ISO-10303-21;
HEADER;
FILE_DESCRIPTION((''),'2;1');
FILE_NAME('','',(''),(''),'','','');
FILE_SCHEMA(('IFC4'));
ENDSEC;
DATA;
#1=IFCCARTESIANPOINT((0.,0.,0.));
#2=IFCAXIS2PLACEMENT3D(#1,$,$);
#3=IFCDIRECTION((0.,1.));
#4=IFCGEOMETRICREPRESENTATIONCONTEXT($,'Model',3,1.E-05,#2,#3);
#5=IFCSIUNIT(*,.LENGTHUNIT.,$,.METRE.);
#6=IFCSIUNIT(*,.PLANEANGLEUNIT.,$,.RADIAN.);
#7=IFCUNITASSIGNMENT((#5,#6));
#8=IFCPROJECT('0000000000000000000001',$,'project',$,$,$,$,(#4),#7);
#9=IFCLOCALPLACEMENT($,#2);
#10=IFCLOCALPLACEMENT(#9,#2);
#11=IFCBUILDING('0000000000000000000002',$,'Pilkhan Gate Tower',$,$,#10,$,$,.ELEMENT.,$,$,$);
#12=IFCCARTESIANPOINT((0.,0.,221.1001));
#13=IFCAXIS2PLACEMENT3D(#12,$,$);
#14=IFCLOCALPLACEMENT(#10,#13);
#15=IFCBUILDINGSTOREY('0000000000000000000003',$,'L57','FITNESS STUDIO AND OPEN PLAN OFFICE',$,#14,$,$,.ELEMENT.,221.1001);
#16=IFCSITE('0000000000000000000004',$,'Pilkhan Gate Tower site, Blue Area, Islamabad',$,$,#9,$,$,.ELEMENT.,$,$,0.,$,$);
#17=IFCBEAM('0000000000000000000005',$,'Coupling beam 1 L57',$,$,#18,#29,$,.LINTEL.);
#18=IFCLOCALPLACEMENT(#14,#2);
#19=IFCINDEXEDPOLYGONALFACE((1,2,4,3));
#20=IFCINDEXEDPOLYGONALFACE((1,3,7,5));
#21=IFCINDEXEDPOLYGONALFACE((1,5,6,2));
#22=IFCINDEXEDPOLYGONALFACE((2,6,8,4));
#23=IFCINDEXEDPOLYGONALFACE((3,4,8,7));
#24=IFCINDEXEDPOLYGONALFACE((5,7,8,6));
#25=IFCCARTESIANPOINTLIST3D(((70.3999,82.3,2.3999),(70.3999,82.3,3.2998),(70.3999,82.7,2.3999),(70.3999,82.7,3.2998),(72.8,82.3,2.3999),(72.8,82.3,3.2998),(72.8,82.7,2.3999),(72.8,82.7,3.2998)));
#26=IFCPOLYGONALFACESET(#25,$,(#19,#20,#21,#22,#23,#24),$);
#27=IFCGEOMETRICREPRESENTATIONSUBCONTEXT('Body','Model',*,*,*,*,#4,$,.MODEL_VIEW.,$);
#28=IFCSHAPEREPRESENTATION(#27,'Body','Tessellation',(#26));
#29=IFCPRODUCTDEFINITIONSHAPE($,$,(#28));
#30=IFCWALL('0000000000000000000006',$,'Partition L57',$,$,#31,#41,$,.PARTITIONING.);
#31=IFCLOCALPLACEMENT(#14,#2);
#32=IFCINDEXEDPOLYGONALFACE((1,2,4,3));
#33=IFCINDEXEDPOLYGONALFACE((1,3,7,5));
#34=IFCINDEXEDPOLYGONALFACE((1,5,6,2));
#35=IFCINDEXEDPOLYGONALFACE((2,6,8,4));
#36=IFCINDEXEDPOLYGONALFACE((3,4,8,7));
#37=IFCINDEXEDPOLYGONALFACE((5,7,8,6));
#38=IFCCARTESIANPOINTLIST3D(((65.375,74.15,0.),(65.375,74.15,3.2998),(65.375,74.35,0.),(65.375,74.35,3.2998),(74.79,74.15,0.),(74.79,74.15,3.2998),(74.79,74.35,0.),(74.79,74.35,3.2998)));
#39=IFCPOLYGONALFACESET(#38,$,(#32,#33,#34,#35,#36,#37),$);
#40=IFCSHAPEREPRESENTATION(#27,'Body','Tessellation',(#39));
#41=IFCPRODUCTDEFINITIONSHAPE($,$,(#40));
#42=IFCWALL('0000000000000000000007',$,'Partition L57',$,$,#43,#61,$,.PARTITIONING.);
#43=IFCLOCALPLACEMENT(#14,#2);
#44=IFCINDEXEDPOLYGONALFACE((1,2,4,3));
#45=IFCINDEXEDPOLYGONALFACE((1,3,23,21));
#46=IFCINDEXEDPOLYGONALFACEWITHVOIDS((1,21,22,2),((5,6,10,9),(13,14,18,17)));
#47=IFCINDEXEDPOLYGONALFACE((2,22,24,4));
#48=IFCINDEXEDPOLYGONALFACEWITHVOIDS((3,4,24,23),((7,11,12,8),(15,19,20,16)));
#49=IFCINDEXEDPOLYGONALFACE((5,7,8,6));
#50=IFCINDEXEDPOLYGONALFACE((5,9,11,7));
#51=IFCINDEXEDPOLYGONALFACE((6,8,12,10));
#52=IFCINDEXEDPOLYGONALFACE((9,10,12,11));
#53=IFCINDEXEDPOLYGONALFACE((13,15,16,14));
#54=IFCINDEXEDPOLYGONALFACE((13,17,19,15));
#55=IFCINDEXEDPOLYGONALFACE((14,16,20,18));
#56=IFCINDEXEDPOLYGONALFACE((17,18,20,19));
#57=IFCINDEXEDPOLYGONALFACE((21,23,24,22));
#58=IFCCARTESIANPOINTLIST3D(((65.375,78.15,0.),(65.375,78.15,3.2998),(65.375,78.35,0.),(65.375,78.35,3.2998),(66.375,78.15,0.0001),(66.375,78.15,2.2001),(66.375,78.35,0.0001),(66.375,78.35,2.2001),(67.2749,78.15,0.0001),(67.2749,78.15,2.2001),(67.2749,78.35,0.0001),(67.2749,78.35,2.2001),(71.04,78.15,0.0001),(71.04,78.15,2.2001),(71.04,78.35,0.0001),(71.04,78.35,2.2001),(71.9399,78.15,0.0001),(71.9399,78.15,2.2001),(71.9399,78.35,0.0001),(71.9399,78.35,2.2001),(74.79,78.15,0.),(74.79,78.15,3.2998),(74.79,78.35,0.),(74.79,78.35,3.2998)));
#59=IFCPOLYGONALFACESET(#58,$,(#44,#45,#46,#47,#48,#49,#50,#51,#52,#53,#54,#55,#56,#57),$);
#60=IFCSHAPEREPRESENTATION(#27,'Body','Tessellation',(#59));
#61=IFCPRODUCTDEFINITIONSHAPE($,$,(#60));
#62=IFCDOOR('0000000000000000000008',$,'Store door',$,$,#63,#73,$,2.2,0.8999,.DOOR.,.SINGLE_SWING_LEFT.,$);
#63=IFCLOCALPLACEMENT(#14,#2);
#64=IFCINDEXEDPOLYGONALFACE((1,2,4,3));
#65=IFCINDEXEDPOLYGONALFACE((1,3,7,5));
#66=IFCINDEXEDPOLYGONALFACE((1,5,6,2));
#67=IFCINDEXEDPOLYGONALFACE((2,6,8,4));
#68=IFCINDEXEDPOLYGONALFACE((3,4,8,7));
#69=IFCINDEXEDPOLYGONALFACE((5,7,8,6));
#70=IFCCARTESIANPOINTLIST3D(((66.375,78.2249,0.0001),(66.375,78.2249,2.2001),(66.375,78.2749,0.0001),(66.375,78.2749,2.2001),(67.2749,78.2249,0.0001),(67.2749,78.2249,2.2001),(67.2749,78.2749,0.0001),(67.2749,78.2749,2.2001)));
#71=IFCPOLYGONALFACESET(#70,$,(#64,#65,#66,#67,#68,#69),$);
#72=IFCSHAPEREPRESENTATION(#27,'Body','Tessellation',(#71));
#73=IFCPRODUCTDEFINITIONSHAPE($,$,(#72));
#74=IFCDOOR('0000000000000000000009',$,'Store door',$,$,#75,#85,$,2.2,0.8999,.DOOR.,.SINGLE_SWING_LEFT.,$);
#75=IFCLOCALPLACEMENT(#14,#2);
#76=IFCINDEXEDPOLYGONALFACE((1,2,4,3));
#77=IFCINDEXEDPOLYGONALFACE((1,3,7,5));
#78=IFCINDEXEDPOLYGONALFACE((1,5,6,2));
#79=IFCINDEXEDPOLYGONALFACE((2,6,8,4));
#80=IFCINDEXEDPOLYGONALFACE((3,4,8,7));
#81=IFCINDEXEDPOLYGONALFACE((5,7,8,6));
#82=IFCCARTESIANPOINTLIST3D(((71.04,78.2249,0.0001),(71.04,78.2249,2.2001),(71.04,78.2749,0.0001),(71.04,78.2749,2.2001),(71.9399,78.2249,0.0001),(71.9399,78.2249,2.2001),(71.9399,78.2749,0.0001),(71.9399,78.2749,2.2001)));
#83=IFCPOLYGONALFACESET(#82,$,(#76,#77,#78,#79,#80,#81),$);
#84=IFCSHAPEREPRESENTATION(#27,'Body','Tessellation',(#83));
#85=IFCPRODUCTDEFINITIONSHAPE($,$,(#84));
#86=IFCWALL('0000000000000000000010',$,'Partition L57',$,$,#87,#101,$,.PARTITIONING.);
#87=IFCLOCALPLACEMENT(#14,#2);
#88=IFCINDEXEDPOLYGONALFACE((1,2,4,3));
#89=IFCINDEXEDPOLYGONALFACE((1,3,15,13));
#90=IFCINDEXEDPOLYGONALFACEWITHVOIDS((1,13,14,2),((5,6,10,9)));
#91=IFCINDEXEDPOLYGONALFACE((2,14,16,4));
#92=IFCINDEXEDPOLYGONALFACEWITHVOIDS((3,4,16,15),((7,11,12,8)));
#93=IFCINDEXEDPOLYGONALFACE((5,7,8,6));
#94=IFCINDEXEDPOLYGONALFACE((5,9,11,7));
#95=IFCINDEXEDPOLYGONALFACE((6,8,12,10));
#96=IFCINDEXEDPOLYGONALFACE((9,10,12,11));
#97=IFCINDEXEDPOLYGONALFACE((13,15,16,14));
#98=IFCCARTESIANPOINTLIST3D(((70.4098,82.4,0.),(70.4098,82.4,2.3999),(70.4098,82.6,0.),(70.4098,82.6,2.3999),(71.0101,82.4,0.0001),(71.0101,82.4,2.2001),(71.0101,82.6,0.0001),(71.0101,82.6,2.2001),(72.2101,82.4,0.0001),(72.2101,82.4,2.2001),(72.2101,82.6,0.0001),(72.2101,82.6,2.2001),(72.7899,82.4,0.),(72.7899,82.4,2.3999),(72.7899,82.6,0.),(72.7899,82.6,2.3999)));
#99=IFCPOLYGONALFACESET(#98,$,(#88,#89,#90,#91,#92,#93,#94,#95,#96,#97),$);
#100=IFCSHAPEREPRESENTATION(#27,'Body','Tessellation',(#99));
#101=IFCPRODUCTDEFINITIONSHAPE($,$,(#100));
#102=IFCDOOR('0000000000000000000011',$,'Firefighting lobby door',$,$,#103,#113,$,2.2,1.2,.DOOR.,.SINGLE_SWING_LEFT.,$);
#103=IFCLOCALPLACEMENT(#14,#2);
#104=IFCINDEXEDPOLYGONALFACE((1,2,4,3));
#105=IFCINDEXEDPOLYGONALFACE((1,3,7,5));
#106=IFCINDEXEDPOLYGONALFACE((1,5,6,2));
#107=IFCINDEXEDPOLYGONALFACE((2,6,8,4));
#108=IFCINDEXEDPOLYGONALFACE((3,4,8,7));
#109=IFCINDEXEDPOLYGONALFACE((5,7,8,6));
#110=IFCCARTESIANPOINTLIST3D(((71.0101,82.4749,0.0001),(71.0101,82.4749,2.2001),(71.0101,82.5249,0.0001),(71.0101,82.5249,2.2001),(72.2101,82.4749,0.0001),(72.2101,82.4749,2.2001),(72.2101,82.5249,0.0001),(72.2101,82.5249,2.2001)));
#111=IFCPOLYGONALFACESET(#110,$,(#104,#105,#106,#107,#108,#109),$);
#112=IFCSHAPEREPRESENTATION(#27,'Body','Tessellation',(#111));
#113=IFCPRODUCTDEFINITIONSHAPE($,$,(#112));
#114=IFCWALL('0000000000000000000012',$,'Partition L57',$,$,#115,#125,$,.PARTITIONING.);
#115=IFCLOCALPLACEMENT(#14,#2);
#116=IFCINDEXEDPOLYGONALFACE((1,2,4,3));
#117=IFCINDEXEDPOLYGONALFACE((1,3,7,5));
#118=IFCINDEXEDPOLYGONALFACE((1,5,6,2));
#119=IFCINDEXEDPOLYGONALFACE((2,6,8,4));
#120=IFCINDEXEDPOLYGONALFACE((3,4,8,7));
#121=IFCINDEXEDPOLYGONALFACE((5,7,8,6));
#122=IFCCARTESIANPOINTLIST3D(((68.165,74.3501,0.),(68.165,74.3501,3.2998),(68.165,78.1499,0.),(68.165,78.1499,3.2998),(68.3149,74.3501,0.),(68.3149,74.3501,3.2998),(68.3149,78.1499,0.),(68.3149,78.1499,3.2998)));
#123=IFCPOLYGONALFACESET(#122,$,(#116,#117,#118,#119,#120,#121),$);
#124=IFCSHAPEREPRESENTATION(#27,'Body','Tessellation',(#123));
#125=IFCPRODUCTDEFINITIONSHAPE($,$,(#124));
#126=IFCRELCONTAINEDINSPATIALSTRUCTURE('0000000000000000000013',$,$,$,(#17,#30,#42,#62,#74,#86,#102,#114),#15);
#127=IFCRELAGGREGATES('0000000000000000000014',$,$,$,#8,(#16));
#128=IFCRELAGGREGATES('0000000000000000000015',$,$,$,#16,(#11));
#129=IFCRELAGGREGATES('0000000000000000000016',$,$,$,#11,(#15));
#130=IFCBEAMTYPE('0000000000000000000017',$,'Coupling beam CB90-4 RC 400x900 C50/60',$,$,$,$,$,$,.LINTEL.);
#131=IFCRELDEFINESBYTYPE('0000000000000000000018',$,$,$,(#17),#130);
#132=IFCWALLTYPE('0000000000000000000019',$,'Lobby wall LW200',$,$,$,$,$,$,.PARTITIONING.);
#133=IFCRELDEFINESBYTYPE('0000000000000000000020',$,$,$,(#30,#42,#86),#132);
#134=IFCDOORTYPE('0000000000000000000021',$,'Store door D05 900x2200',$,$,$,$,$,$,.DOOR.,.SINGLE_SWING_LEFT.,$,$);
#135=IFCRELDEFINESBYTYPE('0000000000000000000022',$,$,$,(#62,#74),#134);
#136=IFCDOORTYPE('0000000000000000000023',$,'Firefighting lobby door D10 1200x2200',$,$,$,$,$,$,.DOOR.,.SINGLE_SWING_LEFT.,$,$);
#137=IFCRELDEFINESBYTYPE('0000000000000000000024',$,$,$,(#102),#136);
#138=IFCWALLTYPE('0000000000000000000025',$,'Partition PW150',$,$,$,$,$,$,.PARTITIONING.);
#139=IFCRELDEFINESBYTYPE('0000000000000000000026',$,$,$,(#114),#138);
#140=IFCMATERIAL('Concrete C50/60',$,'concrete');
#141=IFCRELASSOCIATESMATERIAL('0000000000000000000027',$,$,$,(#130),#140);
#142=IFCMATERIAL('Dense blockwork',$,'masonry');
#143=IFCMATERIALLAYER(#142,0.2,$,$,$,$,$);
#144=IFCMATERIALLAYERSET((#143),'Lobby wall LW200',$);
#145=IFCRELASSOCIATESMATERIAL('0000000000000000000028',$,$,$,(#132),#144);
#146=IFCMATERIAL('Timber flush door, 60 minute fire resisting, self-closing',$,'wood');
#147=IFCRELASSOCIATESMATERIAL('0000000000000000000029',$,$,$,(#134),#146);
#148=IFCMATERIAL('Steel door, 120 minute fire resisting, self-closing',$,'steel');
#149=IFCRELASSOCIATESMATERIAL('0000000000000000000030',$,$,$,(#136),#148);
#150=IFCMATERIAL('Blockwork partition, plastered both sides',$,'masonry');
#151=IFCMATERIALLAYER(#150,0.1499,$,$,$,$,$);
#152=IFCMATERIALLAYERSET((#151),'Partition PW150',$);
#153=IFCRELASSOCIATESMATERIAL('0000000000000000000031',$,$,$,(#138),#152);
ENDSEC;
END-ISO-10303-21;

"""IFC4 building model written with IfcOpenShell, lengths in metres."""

from ifc_helpers import new_model, si_unit, direction, frame, frame_2d, origin, origin_2d, place, context, subcontext, project, spatial, rectangle, extrude, material, layer, layer_set, material_profile, profile_set, type_object, element, fill, save


model = new_model("IFC4")

# Units and contexts
model_context = context("Model", 3, precision=1e-05, world=origin(), true_north=direction((0.0, 1.0)))
body_context = subcontext(model_context, "Body", "Model", "MODEL_VIEW")
ifc_project = project(units=[si_unit("LENGTHUNIT", "METRE"), si_unit("PLANEANGLEUNIT", "RADIAN")], contexts=[model_context])

# Site, building, storey
site_placement = place(None, origin())
site = spatial("IfcSite", under=ifc_project, at=site_placement, Name="Pilkhan Gate Tower site, Blue Area, Islamabad", CompositionType="ELEMENT", RefElevation=0.0)
building_placement = place(site_placement, origin())
building = spatial("IfcBuilding", under=site, at=building_placement, Name="Pilkhan Gate Tower", CompositionType="ELEMENT")
storey_placement = place(building_placement, frame((0.0, 0.0, 221.1001)))
storey = spatial("IfcBuildingStorey", under=building, at=storey_placement, Name="L57", Description="FITNESS STUDIO AND OPEN PLAN OFFICE", CompositionType="ELEMENT", Elevation=221.1001)

# Beam
ifc_material_1 = material(Name="Concrete C50/60", Category="concrete")
ifc_material_profile = material_profile(ifc_material_1, rectangle(XDim=0.3999, YDim=0.8999, at=origin_2d()), Name="RC 400x900")
ifc_profile_set = profile_set([ifc_material_profile], Name="Concrete C50/60")
beam_type = type_object("IfcBeamType", Name="Coupling beam CB90-4 RC 400x900 C50/60", PredefinedType="LINTEL", material=ifc_profile_set)
beam_placement = place(storey_placement, frame((70.3999, 82.5, 2.8499), z_axis=(1.0, 0.0, 0.0), x_axis=(0.0, 1.0, 0.0)))
element("IfcBeam", 1, at=beam_placement, inside=storey, type_object=beam_type, Name="Coupling beam 1 L57", PredefinedType="LINTEL", context=body_context, shape_type="SweptSolid", body=[
    extrude(rectangle(XDim=0.3999, YDim=0.8999, at=origin_2d()), origin(), (0.0, 0.0, 1.0), 2.4001),
])

# Wall
ifc_material_2 = material(Name="Dense blockwork", Category="masonry")
ifc_layer_1 = layer(ifc_material_2, 0.2)
ifc_layer_set_1 = layer_set([ifc_layer_1], Name="Lobby wall LW200")
wall_type_1 = type_object("IfcWallType", Name="Lobby wall LW200", PredefinedType="PARTITIONING", material=ifc_layer_set_1)
wall_1_placement = place(storey_placement, frame((65.375, 74.25, 0.0), z_axis=(0.0, 0.0, 1.0), x_axis=(1.0, 0.0, 0.0)))
element("IfcWall", 2, at=wall_1_placement, inside=storey, type_object=wall_type_1, Name="Partition L57", PredefinedType="PARTITIONING", context=body_context, shape_type="SweptSolid", body=[
    extrude(rectangle(XDim=9.415, YDim=0.2, at=frame_2d((4.7075, 0.0))), origin(), (0.0, 0.0, 1.0), 3.2998),
])

# Wall, openings, doors
wall_2_placement = place(storey_placement, frame((65.375, 78.25, 0.0), z_axis=(0.0, 0.0, 1.0), x_axis=(1.0, 0.0, 0.0)))
wall_2 = element("IfcWall", 3, at=wall_2_placement, inside=storey, type_object=wall_type_1, Name="Partition L57", PredefinedType="PARTITIONING", context=body_context, shape_type="SweptSolid", body=[
    extrude(rectangle(XDim=9.415, YDim=0.2, at=frame_2d((4.7075, 0.0))), origin(), (0.0, 0.0, 1.0), 3.2998),
])
opening_1_placement = place(wall_2_placement, frame((1.0, 0.0, 0.0)))
opening_1 = element("IfcOpeningElement", 4, at=opening_1_placement, cuts=wall_2, PredefinedType="OPENING", context=body_context, shape_type="SweptSolid", body=[
    extrude(rectangle(XDim=0.8999, YDim=2.2, at=frame_2d((0.45, 1.1001))), frame((0.0, 0.1099, 0.0), z_axis=(0.0, -1.0, 0.0), x_axis=(1.0, 0.0, 0.0)), (0.0, 0.0, 1.0), 0.22),
])
opening_2_placement = place(wall_2_placement, frame((5.665, 0.0, 0.0)))
opening_2 = element("IfcOpeningElement", 5, at=opening_2_placement, cuts=wall_2, PredefinedType="OPENING", context=body_context, shape_type="SweptSolid", body=[
    extrude(rectangle(XDim=0.8999, YDim=2.2, at=frame_2d((0.45, 1.1001))), frame((0.0, 0.1099, 0.0), z_axis=(0.0, -1.0, 0.0), x_axis=(1.0, 0.0, 0.0)), (0.0, 0.0, 1.0), 0.22),
])
ifc_material_3 = material(Name="Timber flush door, 60 minute fire resisting, self-closing", Category="wood")
door_type_1 = type_object("IfcDoorType", Name="Store door D05 900x2200", OperationType="SINGLE_SWING_LEFT", PredefinedType="DOOR", material=ifc_material_3)
door_1_placement = place(opening_1_placement, origin())
door_1 = element("IfcDoor", 6, at=door_1_placement, inside=storey, type_object=door_type_1, Name="Store door", OperationType="SINGLE_SWING_LEFT", OverallHeight=2.2, OverallWidth=0.8999, PredefinedType="DOOR", context=body_context, shape_type="SweptSolid", body=[
    extrude(rectangle(XDim=0.8999, YDim=2.2, at=frame_2d((0.45, 1.1001))), frame((0.0, 0.0249, 0.0), z_axis=(0.0, -1.0, 0.0), x_axis=(1.0, 0.0, 0.0)), (0.0, 0.0, 1.0), 0.05),
])
fill(opening_1, door_1)
door_2_placement = place(opening_2_placement, origin())
door_2 = element("IfcDoor", 7, at=door_2_placement, inside=storey, type_object=door_type_1, Name="Store door", OperationType="SINGLE_SWING_LEFT", OverallHeight=2.2, OverallWidth=0.8999, PredefinedType="DOOR", context=body_context, shape_type="SweptSolid", body=[
    extrude(rectangle(XDim=0.8999, YDim=2.2, at=frame_2d((0.45, 1.1001))), frame((0.0, 0.0249, 0.0), z_axis=(0.0, -1.0, 0.0), x_axis=(1.0, 0.0, 0.0)), (0.0, 0.0, 1.0), 0.05),
])
fill(opening_2, door_2)

# Wall, opening, door
wall_3_placement = place(storey_placement, frame((70.4099, 82.5, 0.0), z_axis=(0.0, 0.0, 1.0), x_axis=(1.0, 0.0, 0.0)))
wall_3 = element("IfcWall", 8, at=wall_3_placement, inside=storey, type_object=wall_type_1, Name="Partition L57", PredefinedType="PARTITIONING", context=body_context, shape_type="SweptSolid", body=[
    extrude(rectangle(XDim=2.3801, YDim=0.2, at=frame_2d((1.1899, 0.0))), origin(), (0.0, 0.0, 1.0), 2.3999),
])
opening_3_placement = place(wall_3_placement, frame((0.6001, 0.0, 0.0)))
opening_3 = element("IfcOpeningElement", 9, at=opening_3_placement, cuts=wall_3, PredefinedType="OPENING", context=body_context, shape_type="SweptSolid", body=[
    extrude(rectangle(XDim=1.2, YDim=2.2, at=frame_2d((0.6001, 1.1001))), frame((0.0, 0.1099, 0.0), z_axis=(0.0, -1.0, 0.0), x_axis=(1.0, 0.0, 0.0)), (0.0, 0.0, 1.0), 0.22),
])
ifc_material_4 = material(Name="Steel door, 120 minute fire resisting, self-closing", Category="steel")
door_type_2 = type_object("IfcDoorType", Name="Firefighting lobby door D10 1200x2200", OperationType="SINGLE_SWING_LEFT", PredefinedType="DOOR", material=ifc_material_4)
door_3_placement = place(opening_3_placement, origin())
door_3 = element("IfcDoor", 10, at=door_3_placement, inside=storey, type_object=door_type_2, Name="Firefighting lobby door", OperationType="SINGLE_SWING_LEFT", OverallHeight=2.2, OverallWidth=1.2, PredefinedType="DOOR", context=body_context, shape_type="SweptSolid", body=[
    extrude(rectangle(XDim=1.2, YDim=2.2, at=frame_2d((0.6001, 1.1001))), frame((0.0, 0.0249, 0.0), z_axis=(0.0, -1.0, 0.0), x_axis=(1.0, 0.0, 0.0)), (0.0, 0.0, 1.0), 0.05),
])
fill(opening_3, door_3)

# Wall
ifc_material_5 = material(Name="Blockwork partition, plastered both sides", Category="masonry")
ifc_layer_2 = layer(ifc_material_5, 0.1499)
ifc_layer_set_2 = layer_set([ifc_layer_2], Name="Partition PW150")
wall_type_2 = type_object("IfcWallType", Name="Partition PW150", PredefinedType="PARTITIONING", material=ifc_layer_set_2)
wall_4_placement = place(storey_placement, frame((68.24, 74.3501, 0.0), z_axis=(0.0, 0.0, 1.0), x_axis=(0.0, 1.0, 0.0)))
element("IfcWall", 11, at=wall_4_placement, inside=storey, type_object=wall_type_2, Name="Partition L57", PredefinedType="PARTITIONING", context=body_context, shape_type="SweptSolid", body=[
    extrude(rectangle(XDim=3.7998, YDim=0.1499, at=frame_2d((1.8999, 0.0))), origin(), (0.0, 0.0, 1.0), 3.2998),
])

save(model, "model.ifc")
